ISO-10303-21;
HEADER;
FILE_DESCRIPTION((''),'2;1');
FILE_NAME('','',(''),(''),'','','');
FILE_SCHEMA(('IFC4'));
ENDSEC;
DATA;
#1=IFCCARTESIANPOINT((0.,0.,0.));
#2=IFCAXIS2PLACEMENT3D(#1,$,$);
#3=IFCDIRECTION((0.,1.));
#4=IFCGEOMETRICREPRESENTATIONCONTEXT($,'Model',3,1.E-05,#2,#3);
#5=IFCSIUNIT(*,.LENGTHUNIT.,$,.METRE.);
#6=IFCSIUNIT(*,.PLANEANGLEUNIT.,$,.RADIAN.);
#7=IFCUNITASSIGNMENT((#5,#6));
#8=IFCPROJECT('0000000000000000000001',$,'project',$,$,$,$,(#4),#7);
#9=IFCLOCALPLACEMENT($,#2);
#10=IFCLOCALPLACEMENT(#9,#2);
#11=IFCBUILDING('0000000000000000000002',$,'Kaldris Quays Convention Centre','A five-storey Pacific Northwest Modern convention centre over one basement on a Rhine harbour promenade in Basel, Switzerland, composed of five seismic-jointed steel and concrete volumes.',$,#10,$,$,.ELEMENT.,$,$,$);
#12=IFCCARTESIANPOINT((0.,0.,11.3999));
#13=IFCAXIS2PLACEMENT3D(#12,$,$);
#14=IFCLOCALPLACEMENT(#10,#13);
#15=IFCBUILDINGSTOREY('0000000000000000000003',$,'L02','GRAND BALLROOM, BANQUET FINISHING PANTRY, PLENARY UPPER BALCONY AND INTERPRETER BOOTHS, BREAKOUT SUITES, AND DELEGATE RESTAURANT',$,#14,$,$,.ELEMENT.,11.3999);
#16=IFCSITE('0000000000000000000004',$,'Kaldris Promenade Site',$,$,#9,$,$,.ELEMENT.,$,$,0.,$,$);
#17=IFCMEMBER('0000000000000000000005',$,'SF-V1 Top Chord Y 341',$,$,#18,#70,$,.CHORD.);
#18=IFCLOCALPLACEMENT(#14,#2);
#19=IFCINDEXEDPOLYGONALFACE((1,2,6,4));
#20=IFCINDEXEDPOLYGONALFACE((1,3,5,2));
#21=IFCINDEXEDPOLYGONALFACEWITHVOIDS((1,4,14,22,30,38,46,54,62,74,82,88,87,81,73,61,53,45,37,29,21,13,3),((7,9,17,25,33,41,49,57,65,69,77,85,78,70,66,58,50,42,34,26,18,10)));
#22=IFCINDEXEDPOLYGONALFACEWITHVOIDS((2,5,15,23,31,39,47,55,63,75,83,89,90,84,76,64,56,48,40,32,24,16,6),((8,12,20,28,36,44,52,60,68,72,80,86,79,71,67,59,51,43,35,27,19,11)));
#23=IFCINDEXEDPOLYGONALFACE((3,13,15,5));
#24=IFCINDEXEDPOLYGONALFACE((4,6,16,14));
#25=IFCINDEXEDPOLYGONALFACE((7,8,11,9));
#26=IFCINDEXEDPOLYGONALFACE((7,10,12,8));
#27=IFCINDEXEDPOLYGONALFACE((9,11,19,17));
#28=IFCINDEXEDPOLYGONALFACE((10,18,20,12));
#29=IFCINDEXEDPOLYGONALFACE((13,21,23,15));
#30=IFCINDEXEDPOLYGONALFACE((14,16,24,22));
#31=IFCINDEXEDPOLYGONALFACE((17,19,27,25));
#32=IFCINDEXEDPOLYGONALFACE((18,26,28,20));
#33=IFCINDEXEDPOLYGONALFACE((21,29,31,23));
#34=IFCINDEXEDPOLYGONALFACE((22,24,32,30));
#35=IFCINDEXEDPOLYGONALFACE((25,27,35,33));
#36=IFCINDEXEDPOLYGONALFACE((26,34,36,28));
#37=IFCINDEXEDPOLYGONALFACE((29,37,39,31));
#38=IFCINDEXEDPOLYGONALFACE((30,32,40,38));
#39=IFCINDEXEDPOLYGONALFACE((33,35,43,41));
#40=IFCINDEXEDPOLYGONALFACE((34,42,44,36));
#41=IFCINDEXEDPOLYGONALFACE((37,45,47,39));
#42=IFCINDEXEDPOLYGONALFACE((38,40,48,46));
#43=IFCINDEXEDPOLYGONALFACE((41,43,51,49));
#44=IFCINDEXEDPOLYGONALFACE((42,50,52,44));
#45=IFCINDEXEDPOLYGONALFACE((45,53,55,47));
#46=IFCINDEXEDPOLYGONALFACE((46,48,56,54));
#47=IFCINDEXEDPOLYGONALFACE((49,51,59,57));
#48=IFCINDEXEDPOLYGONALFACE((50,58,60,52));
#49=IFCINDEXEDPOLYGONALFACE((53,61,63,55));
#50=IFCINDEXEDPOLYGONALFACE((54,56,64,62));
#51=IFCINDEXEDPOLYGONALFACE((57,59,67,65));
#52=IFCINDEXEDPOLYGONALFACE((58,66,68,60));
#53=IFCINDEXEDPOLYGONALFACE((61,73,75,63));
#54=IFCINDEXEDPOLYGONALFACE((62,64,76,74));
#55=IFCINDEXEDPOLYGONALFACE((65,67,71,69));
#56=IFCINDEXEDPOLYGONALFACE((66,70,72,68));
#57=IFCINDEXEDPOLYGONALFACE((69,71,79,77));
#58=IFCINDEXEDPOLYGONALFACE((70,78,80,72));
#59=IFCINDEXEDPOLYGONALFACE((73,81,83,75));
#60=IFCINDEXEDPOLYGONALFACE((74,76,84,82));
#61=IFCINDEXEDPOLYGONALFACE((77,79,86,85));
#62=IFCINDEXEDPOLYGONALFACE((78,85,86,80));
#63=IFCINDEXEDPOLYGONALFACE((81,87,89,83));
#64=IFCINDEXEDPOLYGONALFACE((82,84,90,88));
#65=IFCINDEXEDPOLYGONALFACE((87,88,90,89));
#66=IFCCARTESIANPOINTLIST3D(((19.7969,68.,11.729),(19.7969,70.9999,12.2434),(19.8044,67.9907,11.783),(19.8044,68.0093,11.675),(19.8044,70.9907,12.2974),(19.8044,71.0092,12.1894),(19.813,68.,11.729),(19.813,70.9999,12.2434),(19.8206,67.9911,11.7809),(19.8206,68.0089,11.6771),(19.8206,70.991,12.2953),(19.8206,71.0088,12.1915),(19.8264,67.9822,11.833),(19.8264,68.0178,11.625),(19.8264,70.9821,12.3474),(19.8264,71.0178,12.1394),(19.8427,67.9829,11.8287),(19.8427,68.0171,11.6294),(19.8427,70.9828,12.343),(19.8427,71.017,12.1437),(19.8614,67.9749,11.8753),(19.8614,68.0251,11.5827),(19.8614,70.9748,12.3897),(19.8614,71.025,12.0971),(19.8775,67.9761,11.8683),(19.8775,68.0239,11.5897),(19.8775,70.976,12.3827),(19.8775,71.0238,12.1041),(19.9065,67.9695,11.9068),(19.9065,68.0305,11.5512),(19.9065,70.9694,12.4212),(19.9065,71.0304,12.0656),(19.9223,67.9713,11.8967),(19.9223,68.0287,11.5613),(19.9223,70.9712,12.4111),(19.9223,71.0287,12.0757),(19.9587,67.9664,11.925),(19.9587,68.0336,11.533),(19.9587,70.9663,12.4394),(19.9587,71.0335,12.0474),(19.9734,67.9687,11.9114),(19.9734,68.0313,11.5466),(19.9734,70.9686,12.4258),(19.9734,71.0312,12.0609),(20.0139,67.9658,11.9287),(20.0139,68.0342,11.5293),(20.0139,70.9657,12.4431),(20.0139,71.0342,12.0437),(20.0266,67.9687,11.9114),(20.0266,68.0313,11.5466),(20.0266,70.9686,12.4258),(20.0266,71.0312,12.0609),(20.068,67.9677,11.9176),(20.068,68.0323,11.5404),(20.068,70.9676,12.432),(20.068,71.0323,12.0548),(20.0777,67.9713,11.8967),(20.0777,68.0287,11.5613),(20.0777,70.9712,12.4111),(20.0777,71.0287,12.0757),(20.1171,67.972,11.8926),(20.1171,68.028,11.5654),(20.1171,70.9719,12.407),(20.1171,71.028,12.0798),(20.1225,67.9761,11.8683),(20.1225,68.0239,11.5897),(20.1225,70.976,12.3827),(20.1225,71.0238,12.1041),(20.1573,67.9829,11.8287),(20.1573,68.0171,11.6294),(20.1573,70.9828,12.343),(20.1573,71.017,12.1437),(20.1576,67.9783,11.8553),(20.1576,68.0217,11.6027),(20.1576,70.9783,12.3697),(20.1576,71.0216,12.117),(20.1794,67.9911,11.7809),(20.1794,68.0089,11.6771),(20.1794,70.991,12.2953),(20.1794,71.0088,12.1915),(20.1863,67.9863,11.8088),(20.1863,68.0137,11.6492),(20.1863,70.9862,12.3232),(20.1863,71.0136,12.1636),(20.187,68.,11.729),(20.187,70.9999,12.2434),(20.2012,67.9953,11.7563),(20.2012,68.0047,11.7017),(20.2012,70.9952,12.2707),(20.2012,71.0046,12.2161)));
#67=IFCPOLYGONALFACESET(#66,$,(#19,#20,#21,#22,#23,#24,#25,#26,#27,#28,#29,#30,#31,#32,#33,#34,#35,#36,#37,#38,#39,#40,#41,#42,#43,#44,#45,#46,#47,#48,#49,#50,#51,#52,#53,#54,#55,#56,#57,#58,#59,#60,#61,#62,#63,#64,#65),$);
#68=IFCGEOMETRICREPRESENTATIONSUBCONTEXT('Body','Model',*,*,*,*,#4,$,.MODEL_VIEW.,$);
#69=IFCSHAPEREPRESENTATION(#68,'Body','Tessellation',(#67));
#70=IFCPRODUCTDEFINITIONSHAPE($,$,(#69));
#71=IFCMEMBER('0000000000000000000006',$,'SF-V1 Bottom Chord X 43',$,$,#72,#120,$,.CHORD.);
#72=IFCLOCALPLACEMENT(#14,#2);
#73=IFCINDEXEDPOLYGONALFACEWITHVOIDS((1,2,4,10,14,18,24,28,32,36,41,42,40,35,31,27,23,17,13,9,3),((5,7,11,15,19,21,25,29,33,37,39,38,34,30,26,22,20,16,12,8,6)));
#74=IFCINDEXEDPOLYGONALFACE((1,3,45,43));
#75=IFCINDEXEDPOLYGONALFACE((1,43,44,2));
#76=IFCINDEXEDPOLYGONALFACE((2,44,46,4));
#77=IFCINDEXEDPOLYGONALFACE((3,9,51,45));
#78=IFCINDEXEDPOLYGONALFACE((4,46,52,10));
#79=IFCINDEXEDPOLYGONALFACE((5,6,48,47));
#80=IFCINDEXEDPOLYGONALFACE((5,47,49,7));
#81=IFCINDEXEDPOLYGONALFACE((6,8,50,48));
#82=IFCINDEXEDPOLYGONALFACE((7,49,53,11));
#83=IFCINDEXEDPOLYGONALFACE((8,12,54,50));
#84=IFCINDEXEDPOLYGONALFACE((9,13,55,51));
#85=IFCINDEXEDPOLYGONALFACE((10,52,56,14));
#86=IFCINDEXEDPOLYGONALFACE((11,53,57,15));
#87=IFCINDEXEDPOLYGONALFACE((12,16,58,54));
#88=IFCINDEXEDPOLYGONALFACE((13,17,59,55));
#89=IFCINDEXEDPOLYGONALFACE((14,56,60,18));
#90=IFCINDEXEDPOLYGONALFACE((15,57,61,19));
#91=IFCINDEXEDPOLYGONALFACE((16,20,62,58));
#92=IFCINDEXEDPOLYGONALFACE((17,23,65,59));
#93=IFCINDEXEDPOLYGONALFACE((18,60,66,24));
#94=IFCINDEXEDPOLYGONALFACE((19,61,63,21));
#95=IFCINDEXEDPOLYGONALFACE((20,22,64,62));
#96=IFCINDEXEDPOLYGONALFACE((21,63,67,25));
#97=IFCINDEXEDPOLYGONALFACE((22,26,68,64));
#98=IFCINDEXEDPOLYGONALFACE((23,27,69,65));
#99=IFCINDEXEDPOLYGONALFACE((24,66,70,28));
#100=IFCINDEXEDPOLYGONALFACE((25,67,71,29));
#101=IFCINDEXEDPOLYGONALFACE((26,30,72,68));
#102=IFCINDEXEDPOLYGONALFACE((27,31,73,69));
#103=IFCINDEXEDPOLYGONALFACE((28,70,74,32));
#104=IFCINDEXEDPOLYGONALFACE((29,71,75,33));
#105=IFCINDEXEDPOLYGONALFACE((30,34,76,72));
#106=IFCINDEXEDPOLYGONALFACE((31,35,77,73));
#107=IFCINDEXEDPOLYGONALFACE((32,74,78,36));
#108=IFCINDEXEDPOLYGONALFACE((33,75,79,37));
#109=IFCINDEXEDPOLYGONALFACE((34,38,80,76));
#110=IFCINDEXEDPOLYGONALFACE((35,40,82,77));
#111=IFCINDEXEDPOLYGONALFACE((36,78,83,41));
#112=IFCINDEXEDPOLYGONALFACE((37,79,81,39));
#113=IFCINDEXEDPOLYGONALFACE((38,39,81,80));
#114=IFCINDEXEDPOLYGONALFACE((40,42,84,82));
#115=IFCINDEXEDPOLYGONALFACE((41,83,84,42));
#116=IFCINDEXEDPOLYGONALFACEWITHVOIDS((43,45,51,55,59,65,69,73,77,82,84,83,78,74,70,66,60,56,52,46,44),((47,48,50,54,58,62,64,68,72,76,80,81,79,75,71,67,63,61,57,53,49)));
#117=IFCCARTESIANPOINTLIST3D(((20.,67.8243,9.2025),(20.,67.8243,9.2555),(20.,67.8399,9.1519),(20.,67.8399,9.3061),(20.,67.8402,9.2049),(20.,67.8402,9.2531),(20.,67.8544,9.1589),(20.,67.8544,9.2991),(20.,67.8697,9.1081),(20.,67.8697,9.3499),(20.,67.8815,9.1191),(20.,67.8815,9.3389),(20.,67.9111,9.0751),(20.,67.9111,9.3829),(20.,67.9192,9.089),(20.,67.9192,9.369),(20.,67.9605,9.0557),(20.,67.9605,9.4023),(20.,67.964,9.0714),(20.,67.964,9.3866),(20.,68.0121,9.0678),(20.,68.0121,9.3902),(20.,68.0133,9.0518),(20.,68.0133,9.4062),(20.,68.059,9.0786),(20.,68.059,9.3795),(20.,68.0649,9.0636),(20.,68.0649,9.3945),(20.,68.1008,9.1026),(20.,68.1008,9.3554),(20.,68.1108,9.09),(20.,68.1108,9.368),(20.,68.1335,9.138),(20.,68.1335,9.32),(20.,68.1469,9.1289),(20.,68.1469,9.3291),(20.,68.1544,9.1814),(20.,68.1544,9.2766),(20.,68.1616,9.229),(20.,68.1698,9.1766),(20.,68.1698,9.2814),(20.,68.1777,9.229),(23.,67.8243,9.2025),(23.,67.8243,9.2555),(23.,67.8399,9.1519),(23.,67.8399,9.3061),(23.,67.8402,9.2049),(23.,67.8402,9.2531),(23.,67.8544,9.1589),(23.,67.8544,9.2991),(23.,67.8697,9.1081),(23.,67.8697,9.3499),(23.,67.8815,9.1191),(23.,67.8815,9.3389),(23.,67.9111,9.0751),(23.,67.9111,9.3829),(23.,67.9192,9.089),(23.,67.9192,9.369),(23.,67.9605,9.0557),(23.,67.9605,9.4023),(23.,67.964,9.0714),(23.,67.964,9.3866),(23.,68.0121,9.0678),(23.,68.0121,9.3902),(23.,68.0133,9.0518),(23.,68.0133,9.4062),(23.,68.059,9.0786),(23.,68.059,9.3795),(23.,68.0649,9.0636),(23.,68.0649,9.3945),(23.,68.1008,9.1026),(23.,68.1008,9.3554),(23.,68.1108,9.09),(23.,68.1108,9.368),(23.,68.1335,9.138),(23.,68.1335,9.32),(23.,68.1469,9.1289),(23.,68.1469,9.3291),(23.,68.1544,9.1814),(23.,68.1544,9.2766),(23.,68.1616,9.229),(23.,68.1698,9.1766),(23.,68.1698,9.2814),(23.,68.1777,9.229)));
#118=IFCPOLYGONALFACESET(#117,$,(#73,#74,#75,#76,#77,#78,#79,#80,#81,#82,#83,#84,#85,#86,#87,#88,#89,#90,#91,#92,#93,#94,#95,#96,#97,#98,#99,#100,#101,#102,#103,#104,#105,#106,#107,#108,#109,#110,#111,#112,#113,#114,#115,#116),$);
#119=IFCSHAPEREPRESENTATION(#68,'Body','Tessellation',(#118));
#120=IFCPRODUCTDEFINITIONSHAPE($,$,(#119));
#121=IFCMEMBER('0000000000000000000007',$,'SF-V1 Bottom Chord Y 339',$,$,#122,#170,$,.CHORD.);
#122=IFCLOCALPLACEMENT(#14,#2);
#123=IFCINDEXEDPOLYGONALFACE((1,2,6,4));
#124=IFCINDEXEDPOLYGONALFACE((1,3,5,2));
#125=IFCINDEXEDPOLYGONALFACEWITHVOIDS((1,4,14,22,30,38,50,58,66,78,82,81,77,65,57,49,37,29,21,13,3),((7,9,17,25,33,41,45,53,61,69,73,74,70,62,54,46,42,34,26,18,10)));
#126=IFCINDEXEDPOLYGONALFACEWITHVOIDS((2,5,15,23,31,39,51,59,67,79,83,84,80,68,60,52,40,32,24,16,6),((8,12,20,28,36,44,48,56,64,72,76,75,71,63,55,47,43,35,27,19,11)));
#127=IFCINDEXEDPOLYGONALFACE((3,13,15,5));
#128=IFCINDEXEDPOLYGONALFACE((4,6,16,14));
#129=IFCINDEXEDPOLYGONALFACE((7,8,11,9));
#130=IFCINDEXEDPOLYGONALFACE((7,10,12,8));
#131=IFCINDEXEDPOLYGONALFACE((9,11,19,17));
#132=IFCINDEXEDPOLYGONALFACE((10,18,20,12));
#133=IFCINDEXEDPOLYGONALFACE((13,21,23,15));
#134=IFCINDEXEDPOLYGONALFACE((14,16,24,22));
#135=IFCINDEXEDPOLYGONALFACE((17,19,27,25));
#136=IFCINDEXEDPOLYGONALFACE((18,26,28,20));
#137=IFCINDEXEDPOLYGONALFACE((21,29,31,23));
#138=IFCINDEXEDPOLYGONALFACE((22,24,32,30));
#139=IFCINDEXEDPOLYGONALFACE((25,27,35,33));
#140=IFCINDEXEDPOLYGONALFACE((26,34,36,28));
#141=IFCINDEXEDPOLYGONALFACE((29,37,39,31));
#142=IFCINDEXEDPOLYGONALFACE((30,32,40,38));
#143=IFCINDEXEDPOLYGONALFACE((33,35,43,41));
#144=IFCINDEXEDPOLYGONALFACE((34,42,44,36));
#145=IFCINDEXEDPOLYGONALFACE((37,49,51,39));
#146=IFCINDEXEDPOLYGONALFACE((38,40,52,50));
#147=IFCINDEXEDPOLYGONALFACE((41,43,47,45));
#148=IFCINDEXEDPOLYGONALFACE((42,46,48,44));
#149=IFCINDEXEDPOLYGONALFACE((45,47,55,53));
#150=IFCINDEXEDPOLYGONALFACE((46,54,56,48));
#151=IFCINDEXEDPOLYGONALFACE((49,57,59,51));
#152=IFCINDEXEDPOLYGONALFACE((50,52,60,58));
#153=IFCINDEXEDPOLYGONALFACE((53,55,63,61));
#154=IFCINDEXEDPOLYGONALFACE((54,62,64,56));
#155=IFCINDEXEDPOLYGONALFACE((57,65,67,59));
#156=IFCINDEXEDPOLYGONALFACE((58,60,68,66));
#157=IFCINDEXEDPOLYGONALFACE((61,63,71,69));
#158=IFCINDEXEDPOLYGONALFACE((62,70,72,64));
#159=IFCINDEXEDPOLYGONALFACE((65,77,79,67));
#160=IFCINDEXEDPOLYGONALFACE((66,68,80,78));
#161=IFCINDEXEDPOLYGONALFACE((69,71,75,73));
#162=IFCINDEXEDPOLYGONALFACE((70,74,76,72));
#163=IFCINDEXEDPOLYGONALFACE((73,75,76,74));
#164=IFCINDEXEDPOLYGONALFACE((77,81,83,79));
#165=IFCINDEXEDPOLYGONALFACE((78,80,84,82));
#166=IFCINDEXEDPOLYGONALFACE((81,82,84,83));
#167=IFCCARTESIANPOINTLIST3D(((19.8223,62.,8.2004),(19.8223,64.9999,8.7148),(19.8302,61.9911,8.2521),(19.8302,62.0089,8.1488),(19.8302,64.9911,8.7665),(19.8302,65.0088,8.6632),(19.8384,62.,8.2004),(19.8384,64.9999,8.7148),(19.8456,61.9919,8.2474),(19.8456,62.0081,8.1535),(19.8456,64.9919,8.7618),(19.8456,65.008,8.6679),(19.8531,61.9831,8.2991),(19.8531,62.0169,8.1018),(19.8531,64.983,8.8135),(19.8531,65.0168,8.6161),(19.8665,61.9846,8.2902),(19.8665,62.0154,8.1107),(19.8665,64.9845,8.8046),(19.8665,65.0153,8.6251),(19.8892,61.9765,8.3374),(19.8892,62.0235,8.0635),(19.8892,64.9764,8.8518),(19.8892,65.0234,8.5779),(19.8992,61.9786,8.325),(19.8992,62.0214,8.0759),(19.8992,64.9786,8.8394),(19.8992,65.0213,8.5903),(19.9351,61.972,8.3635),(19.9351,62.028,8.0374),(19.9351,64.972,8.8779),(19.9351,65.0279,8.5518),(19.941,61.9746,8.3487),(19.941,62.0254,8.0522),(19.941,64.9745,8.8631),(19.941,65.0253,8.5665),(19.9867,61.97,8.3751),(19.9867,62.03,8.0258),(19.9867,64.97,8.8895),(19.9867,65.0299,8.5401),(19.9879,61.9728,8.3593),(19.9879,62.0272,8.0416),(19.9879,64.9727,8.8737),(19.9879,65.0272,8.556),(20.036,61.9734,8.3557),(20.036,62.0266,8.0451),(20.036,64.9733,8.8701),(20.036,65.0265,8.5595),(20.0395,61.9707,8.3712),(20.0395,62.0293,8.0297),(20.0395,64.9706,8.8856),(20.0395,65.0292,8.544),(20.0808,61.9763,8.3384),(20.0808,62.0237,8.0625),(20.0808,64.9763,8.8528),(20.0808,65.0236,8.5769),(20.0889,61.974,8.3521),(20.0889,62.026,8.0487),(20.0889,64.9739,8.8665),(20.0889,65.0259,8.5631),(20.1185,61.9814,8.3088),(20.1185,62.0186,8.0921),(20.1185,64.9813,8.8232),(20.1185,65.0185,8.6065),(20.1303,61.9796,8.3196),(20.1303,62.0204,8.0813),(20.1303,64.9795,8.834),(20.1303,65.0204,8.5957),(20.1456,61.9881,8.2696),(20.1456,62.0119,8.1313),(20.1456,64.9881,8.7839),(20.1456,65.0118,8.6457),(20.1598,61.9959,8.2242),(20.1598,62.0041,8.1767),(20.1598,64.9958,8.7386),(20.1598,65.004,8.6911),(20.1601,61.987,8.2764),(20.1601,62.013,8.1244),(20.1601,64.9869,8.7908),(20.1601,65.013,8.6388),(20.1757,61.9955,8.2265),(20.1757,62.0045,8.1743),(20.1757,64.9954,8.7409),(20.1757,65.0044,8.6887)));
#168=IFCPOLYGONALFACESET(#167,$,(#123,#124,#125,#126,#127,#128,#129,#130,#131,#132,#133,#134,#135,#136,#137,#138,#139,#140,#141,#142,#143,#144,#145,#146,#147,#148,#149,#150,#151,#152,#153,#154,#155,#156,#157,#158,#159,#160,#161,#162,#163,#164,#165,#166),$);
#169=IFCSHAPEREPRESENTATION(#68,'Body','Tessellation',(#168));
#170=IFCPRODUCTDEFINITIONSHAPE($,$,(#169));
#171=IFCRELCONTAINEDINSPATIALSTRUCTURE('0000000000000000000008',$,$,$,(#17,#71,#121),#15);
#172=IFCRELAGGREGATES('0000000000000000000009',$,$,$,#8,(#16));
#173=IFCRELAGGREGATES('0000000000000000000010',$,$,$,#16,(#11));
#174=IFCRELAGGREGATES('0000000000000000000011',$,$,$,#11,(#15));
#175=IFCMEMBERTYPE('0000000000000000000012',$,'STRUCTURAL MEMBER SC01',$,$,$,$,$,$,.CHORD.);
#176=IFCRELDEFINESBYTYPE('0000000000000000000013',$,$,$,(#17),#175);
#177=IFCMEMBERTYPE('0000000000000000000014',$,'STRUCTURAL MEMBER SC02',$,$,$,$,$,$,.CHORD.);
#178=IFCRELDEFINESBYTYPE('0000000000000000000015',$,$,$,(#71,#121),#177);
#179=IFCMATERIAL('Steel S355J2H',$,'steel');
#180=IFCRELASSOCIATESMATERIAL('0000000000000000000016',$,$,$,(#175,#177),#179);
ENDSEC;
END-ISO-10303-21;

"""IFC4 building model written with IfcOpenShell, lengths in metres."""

from ifc_helpers import new_model, si_unit, direction, frame, origin, origin_2d, place, context, subcontext, project, spatial, hollow_circle, extrude, material, material_profile, profile_set, type_object, element, save


model = new_model("IFC4")

# Units and contexts
model_context = context("Model", 3, precision=1e-05, world=origin(), true_north=direction((0.0, 1.0)))
body_context = subcontext(model_context, "Body", "Model", "MODEL_VIEW")
ifc_project = project(units=[si_unit("LENGTHUNIT", "METRE"), si_unit("PLANEANGLEUNIT", "RADIAN")], contexts=[model_context])

# Site, building, storey
site_placement = place(None, origin())
site = spatial("IfcSite", under=ifc_project, at=site_placement, Name="Kaldris Promenade Site", CompositionType="ELEMENT", RefElevation=0.0)
building_placement = place(site_placement, origin())
building = spatial("IfcBuilding", under=site, at=building_placement, Name="Kaldris Quays Convention Centre", Description="A five-storey Pacific Northwest Modern convention centre over one basement on a Rhine harbour promenade in Basel, Switzerland, composed of five seismic-jointed steel and concrete volumes.", CompositionType="ELEMENT")
storey_placement = place(building_placement, frame((0.0, 0.0, 11.3999)))
storey = spatial("IfcBuildingStorey", under=building, at=storey_placement, Name="L02", Description="GRAND BALLROOM, BANQUET FINISHING PANTRY, PLENARY UPPER BALCONY AND INTERPRETER BOOTHS, BREAKOUT SUITES, AND DELEGATE RESTAURANT", CompositionType="ELEMENT", Elevation=11.3999)

# Members
ifc_material_1 = material(Name="Steel S355J2H", Category="steel")
ifc_material_profile_1 = material_profile(ifc_material_1, hollow_circle(Radius=0.2031, WallThickness=0.0161, at=origin_2d()), Name="CHS 406.4x16")
ifc_profile_set_1 = profile_set([ifc_material_profile_1], Name="Steel S355J2H")
member_type_1 = type_object("IfcMemberType", Name="STRUCTURAL MEMBER SC01", PredefinedType="CHORD", material=ifc_profile_set_1)
for number, where, z_axis, x_axis, name in (
    (1, (20.0, 68.0, 11.729), (0.0, 0.985616, 0.169002), (-1.0, 0.0, 0.0), "SF-V1 Top Chord Y 341"),
):
    element("IfcMember", number, at=place(storey_placement, frame(where, z_axis=z_axis, x_axis=x_axis)), inside=storey, type_object=member_type_1, Name=name, PredefinedType="CHORD", context=body_context, shape_type="SweptSolid", body=[
        extrude(hollow_circle(Radius=0.2031, WallThickness=0.0161, at=origin_2d()), origin(), (0.0, 0.0, 1.0), 3.0437),
    ])
ifc_material_profile_2 = material_profile(ifc_material_1, hollow_circle(Radius=0.1777, WallThickness=0.0161, at=origin_2d()), Name="CHS 355.6x16")
ifc_profile_set_2 = profile_set([ifc_material_profile_2], Name="Steel S355J2H")
member_type_2 = type_object("IfcMemberType", Name="STRUCTURAL MEMBER SC02", PredefinedType="CHORD", material=ifc_profile_set_2)
member_1_placement = place(storey_placement, frame((20.0, 68.0, 9.229), z_axis=(1.0, 0.0, 0.0), x_axis=(0.0, 1.0, 0.0)))
element("IfcMember", 2, at=member_1_placement, inside=storey, type_object=member_type_2, Name="SF-V1 Bottom Chord X 43", PredefinedType="CHORD", context=body_context, shape_type="SweptSolid", body=[
    extrude(hollow_circle(Radius=0.1777, WallThickness=0.0161, at=origin_2d()), origin(), (0.0, 0.0, 1.0), 3.0),
])
for number, where, z_axis, x_axis, name in (
    (3, (20.0, 62.0, 8.2004), (0.0, 0.985616, 0.169002), (-1.0, 0.0, 0.0), "SF-V1 Bottom Chord Y 339"),
):
    element("IfcMember", number, at=place(storey_placement, frame(where, z_axis=z_axis, x_axis=x_axis)), inside=storey, type_object=member_type_2, Name=name, PredefinedType="CHORD", context=body_context, shape_type="SweptSolid", body=[
        extrude(hollow_circle(Radius=0.1777, WallThickness=0.0161, at=origin_2d()), origin(), (0.0, 0.0, 1.0), 3.0437),
    ])

save(model, "model.ifc")
